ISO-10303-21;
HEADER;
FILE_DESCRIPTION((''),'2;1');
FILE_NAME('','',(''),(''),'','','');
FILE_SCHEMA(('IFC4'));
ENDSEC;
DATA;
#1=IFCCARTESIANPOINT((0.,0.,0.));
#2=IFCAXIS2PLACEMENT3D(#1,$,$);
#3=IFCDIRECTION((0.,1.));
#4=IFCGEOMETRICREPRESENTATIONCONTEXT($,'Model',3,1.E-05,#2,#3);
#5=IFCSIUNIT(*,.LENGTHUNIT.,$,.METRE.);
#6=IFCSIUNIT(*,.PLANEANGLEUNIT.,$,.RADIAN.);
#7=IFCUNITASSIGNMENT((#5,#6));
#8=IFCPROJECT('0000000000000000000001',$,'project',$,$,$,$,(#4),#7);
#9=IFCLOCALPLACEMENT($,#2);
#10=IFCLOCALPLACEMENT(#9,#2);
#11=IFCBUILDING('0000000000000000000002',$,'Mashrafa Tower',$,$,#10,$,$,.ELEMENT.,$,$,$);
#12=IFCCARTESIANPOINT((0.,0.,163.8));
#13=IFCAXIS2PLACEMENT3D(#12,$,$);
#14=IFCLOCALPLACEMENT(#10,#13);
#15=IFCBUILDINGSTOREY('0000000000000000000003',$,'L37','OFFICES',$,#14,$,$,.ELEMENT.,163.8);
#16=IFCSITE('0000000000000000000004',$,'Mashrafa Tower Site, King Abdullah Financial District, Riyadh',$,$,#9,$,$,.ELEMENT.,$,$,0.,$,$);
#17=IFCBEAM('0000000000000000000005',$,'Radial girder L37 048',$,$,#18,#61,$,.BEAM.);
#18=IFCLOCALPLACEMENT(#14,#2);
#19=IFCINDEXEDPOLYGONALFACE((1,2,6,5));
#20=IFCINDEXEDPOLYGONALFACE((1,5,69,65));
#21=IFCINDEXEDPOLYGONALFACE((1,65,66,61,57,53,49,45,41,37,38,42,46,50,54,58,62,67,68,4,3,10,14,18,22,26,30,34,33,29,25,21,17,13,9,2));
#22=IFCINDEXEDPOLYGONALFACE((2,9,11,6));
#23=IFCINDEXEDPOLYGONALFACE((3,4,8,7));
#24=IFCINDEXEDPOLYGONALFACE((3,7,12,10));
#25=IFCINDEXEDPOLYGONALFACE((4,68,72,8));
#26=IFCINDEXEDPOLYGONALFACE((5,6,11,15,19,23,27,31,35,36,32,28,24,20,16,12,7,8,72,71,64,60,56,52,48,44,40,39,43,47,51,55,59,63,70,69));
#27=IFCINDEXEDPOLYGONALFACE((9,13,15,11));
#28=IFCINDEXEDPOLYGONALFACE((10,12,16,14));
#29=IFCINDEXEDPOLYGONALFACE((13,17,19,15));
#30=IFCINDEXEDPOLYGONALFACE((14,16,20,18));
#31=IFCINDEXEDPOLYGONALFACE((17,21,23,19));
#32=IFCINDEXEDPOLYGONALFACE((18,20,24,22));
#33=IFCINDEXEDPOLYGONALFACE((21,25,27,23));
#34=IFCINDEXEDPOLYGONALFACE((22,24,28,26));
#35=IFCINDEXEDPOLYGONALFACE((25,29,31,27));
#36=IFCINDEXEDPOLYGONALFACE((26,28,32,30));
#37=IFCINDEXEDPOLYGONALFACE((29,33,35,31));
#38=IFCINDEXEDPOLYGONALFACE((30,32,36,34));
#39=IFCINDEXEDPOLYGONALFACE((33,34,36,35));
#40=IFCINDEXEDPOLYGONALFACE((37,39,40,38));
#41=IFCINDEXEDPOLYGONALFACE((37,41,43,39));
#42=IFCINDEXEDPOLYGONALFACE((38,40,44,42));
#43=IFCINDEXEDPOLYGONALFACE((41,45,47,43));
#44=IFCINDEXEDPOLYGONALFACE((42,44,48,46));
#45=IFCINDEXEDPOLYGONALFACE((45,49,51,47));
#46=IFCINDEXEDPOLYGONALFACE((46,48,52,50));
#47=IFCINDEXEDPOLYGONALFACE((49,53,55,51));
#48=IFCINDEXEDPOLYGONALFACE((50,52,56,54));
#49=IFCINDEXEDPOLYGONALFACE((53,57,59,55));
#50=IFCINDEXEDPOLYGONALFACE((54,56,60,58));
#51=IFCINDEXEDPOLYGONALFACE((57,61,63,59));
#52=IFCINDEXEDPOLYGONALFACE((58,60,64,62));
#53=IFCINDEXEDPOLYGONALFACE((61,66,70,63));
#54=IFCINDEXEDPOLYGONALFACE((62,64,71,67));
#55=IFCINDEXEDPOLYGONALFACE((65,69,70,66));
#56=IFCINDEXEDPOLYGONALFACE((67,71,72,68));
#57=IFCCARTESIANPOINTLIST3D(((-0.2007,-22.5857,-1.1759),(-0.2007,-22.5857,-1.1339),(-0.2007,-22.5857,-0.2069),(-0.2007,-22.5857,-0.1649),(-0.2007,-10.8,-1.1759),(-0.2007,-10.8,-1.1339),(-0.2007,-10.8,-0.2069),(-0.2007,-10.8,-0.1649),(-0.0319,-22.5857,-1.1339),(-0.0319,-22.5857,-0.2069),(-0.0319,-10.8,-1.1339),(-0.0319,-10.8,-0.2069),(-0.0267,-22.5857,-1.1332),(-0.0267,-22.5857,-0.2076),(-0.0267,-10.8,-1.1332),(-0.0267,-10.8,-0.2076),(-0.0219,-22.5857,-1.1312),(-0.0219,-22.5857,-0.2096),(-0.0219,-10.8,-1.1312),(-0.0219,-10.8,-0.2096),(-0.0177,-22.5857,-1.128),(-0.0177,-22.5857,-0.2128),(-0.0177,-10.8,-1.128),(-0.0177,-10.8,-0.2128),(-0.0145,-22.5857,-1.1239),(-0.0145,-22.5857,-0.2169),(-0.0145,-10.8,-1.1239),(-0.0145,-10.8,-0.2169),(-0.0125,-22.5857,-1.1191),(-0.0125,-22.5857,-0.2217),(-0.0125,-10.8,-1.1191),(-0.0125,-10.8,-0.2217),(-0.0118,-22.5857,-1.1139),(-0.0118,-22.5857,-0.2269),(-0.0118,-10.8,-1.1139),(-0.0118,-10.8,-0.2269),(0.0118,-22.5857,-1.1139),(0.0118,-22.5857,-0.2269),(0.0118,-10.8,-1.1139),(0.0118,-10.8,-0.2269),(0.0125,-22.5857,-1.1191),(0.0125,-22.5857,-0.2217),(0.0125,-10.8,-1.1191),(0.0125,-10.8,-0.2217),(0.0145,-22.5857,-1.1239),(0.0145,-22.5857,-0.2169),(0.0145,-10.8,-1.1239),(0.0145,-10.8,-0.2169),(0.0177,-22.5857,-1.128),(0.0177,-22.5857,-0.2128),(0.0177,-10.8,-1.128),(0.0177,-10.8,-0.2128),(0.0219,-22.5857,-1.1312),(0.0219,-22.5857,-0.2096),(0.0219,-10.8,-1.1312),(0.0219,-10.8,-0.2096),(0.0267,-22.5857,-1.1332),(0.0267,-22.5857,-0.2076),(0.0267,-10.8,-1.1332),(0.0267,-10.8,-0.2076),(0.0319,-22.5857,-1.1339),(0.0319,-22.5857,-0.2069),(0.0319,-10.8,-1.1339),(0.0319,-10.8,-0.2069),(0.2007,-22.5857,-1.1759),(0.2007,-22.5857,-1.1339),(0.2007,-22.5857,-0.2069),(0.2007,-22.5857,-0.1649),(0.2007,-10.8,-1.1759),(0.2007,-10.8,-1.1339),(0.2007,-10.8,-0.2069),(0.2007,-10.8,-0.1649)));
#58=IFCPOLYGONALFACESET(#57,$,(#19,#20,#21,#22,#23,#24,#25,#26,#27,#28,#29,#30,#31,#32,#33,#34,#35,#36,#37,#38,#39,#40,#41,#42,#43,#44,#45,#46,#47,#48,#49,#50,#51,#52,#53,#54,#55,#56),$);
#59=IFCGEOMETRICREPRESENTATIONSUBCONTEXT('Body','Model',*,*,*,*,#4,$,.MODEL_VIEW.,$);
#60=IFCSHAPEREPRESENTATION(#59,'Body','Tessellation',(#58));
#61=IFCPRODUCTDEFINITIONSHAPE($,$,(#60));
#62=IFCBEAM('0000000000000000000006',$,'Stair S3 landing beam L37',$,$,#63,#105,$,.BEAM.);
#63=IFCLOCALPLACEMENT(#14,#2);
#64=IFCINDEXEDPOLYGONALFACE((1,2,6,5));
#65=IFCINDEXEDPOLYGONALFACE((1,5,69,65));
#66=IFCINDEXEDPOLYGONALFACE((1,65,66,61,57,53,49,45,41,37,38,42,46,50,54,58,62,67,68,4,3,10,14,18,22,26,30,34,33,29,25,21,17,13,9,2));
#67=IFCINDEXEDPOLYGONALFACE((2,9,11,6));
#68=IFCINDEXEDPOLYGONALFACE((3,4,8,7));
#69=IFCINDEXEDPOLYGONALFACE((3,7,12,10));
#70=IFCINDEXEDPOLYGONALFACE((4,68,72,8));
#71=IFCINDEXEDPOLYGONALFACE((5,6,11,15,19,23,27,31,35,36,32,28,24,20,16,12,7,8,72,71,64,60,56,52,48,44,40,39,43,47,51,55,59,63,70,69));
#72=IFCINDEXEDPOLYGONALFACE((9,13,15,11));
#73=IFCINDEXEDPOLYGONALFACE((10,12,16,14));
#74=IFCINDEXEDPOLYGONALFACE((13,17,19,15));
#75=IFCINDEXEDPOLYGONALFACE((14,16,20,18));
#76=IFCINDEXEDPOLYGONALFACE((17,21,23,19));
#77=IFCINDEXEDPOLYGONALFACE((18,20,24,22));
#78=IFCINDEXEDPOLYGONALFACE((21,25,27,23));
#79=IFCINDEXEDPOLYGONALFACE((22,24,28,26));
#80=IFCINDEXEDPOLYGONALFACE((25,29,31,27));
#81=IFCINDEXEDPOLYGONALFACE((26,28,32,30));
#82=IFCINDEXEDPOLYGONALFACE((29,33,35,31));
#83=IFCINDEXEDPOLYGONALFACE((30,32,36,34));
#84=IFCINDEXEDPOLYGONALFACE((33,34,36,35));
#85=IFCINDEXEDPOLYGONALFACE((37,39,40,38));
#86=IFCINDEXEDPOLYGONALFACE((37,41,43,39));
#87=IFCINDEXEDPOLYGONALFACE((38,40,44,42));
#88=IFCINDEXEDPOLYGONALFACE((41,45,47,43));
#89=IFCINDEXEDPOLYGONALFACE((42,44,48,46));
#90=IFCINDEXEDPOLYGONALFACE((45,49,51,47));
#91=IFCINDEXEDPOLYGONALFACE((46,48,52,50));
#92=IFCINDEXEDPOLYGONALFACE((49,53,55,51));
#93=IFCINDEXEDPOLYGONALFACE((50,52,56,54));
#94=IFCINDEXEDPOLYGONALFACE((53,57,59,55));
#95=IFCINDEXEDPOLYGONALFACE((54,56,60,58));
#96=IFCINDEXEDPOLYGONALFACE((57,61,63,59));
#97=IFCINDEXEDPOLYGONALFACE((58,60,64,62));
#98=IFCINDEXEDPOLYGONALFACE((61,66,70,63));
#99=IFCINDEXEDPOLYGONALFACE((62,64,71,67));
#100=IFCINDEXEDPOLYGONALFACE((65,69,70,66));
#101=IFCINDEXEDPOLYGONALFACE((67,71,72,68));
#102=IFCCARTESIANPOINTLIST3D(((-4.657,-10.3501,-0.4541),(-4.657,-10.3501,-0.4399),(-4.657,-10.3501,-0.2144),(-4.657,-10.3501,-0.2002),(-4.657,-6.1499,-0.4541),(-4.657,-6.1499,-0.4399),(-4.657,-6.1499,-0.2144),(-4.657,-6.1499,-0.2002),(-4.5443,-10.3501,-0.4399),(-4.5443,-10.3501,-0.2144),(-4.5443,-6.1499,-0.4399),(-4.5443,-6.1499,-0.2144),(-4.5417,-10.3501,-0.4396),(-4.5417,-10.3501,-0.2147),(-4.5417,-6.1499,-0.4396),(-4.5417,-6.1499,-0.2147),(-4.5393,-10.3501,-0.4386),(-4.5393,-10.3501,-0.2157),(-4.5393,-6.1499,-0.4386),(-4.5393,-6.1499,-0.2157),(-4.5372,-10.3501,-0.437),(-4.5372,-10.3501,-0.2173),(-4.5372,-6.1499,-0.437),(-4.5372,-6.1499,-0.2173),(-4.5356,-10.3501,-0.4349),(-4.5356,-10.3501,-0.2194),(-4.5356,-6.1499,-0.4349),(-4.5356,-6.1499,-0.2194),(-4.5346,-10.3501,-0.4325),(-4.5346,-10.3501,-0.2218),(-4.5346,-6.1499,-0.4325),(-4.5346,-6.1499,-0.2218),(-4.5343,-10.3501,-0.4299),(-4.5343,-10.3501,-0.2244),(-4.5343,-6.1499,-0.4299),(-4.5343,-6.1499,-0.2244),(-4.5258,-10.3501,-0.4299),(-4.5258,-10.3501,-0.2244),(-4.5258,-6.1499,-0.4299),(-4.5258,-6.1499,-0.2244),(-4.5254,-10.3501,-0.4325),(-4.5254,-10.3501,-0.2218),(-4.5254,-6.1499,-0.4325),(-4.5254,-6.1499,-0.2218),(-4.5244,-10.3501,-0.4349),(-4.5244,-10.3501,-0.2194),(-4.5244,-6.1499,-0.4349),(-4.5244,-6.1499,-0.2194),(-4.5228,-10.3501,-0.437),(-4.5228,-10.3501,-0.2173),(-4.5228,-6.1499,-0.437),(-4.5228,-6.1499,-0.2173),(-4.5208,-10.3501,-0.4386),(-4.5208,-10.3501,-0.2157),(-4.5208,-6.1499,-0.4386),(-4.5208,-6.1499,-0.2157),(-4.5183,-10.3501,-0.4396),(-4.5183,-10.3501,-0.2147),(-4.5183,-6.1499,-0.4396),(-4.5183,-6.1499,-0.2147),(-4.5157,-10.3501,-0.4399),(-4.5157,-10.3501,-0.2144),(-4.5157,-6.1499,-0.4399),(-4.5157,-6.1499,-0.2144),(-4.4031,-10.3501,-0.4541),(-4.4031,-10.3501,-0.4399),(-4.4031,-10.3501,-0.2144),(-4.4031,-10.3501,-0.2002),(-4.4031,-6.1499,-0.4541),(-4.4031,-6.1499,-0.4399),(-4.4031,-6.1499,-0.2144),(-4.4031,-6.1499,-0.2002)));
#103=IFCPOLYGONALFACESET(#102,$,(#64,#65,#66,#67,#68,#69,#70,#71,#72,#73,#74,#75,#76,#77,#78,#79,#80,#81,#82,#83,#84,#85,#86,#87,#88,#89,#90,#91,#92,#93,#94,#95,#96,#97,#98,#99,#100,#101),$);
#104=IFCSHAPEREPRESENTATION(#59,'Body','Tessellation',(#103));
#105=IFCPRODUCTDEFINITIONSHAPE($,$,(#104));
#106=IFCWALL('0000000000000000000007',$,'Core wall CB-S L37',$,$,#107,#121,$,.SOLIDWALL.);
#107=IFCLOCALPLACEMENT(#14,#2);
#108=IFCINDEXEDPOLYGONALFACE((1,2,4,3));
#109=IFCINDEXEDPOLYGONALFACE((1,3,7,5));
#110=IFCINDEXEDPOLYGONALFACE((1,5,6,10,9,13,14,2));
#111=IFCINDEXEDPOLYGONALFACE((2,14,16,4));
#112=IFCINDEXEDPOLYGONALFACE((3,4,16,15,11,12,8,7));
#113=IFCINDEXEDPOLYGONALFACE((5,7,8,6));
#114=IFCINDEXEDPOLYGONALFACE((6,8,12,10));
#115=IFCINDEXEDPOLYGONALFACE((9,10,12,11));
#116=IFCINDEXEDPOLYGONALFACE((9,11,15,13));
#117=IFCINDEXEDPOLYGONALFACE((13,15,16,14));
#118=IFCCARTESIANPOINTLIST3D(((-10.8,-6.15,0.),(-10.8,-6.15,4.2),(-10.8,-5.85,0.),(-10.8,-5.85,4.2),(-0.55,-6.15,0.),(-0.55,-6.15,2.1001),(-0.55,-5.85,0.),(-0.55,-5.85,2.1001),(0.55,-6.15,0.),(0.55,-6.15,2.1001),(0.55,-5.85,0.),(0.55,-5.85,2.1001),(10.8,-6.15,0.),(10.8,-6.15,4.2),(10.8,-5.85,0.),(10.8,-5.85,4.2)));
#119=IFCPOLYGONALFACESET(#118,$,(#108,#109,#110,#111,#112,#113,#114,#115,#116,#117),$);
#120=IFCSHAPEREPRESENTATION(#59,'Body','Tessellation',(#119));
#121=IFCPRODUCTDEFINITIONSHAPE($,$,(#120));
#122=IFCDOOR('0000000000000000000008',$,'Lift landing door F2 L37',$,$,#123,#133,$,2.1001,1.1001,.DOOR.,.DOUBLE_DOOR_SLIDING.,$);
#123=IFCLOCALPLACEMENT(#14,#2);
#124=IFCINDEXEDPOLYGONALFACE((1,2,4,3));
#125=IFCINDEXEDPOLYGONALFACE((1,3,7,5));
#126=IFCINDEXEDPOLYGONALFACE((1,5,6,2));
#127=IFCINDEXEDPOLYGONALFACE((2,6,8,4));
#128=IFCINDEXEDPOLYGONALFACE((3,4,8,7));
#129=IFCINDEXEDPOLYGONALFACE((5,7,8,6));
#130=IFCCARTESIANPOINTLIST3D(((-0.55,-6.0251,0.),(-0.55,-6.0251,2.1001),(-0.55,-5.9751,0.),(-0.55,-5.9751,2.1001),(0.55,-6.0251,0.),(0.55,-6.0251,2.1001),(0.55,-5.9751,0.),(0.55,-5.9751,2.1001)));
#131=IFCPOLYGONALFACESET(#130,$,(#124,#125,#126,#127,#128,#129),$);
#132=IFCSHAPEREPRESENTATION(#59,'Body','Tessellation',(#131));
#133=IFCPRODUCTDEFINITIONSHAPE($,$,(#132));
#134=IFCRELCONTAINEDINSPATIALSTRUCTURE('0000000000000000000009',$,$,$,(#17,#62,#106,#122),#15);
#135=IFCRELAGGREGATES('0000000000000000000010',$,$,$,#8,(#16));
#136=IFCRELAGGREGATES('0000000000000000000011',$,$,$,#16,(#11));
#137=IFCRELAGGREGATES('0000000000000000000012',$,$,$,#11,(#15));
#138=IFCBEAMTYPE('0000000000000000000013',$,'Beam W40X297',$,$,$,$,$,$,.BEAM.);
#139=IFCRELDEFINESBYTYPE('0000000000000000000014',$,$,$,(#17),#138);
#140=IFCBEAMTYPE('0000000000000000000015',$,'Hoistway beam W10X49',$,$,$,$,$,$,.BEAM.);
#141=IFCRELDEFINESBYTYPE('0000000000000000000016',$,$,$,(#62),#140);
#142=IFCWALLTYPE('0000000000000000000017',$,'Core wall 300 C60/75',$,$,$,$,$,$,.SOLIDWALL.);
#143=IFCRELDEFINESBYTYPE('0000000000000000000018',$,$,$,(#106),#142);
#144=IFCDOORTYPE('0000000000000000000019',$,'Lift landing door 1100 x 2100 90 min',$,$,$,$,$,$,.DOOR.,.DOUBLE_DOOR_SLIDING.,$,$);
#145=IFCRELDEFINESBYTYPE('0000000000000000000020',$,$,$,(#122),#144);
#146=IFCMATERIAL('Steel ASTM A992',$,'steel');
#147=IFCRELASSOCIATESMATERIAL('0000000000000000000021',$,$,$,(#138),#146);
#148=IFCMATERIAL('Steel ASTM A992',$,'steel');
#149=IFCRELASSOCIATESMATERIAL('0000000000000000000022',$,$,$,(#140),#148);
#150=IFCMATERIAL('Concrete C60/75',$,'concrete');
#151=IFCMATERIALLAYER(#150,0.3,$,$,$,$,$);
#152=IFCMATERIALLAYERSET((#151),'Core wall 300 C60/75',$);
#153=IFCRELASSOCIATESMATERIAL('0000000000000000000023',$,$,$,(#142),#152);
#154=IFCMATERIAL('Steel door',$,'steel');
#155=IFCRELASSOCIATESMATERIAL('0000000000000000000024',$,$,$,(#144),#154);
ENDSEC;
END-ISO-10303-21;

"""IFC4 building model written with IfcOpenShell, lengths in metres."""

from ifc_helpers import new_model, si_unit, direction, frame, frame_2d, origin, origin_2d, place, context, subcontext, project, spatial, rectangle, i_section, extrude, material, layer, layer_set, material_profile, profile_set, type_object, element, fill, save


model = new_model("IFC4")

# Units and contexts
model_context = context("Model", 3, precision=1e-05, world=origin(), true_north=direction((0.0, 1.0)))
body_context = subcontext(model_context, "Body", "Model", "MODEL_VIEW")
ifc_project = project(units=[si_unit("LENGTHUNIT", "METRE"), si_unit("PLANEANGLEUNIT", "RADIAN")], contexts=[model_context])

# Site, building, storey
site_placement = place(None, origin())
site = spatial("IfcSite", under=ifc_project, at=site_placement, Name="Mashrafa Tower Site, King Abdullah Financial District, Riyadh", CompositionType="ELEMENT", RefElevation=0.0)
building_placement = place(site_placement, origin())
building = spatial("IfcBuilding", under=site, at=building_placement, Name="Mashrafa Tower", CompositionType="ELEMENT")
storey_placement = place(building_placement, frame((0.0, 0.0, 163.8)))
storey = spatial("IfcBuildingStorey", under=building, at=storey_placement, Name="L37", Description="OFFICES", CompositionType="ELEMENT", Elevation=163.8)

# Beams
ifc_material_1 = material(Name="Steel ASTM A992", Category="steel")
ifc_material_profile_1 = material_profile(ifc_material_1, i_section(OverallWidth=0.4014, OverallDepth=1.011, WebThickness=0.0237, FlangeThickness=0.042, FilletRadius=0.02, at=origin_2d()), Name="W40X297")
ifc_profile_set_1 = profile_set([ifc_material_profile_1], Name="Steel ASTM A992")
beam_type_1 = type_object("IfcBeamType", Name="Beam W40X297", PredefinedType="BEAM", material=ifc_profile_set_1)
beam_1_placement = place(storey_placement, frame((0.0, -10.8, -0.6704), z_axis=(0.0, -1.0, 0.0), x_axis=(1.0, 0.0, 0.0)))
element("IfcBeam", 1, at=beam_1_placement, inside=storey, type_object=beam_type_1, Name="Radial girder L37 048", PredefinedType="BEAM", context=body_context, shape_type="SweptSolid", body=[
    extrude(i_section(OverallWidth=0.4014, OverallDepth=1.011, WebThickness=0.0237, FlangeThickness=0.042, FilletRadius=0.02, at=origin_2d()), origin(), (0.0, 0.0, 1.0), 11.7856),
])
ifc_material_2 = material(Name="Steel ASTM A992", Category="steel")
ifc_material_profile_2 = material_profile(ifc_material_2, i_section(OverallWidth=0.2539, OverallDepth=0.2539, WebThickness=0.0085, FlangeThickness=0.0142, FilletRadius=0.01, at=origin_2d()), Name="W10X49")
ifc_profile_set_2 = profile_set([ifc_material_profile_2], Name="Steel ASTM A992")
beam_type_2 = type_object("IfcBeamType", Name="Hoistway beam W10X49", PredefinedType="BEAM", material=ifc_profile_set_2)
beam_2_placement = place(storey_placement, frame((-4.53, -10.3501, -0.3271), z_axis=(0.0, 1.0, 0.0), x_axis=(-1.0, 0.0, 0.0)))
element("IfcBeam", 2, at=beam_2_placement, inside=storey, type_object=beam_type_2, Name="Stair S3 landing beam L37", PredefinedType="BEAM", context=body_context, shape_type="SweptSolid", body=[
    extrude(i_section(OverallWidth=0.2539, OverallDepth=0.2539, WebThickness=0.0085, FlangeThickness=0.0142, FilletRadius=0.01, at=origin_2d()), origin(), (0.0, 0.0, 1.0), 4.2002),
])

# Wall, opening, door
ifc_material_3 = material(Name="Concrete C60/75", Category="concrete")
ifc_layer_1 = layer(ifc_material_3, 0.3)
ifc_layer_set_1 = layer_set([ifc_layer_1], Name="Core wall 300 C60/75")
wall_type_1 = type_object("IfcWallType", Name="Core wall 300 C60/75", PredefinedType="SOLIDWALL", material=ifc_layer_set_1)
wall_1_placement = place(storey_placement, frame((-10.8, -6.0, 0.0), z_axis=(0.0, 0.0, 1.0), x_axis=(1.0, 0.0, 0.0)))
wall_1 = element("IfcWall", 3, at=wall_1_placement, inside=storey, type_object=wall_type_1, Name="Core wall CB-S L37", PredefinedType="SOLIDWALL", context=body_context, shape_type="SweptSolid", body=[
    extrude(rectangle(XDim=21.6001, YDim=0.3, at=frame_2d((10.8, 0.0))), origin(), (0.0, 0.0, 1.0), 4.2),
])
opening_1_placement = place(wall_1_placement, frame((10.25, 0.0, 0.0)))
opening_1 = element("IfcOpeningElement", 4, at=opening_1_placement, cuts=wall_1, PredefinedType="OPENING", context=body_context, shape_type="SweptSolid", body=[
    extrude(rectangle(XDim=1.1001, YDim=2.1001, at=frame_2d((0.55, 1.05))), frame((0.0, 0.1599, 0.0), z_axis=(0.0, -1.0, 0.0), x_axis=(1.0, 0.0, 0.0)), (0.0, 0.0, 1.0), 0.3201),
])
ifc_material_4 = material(Name="Steel door", Category="steel")
door_type_1 = type_object("IfcDoorType", Name="Lift landing door 1100 x 2100 90 min", OperationType="DOUBLE_DOOR_SLIDING", PredefinedType="DOOR", material=ifc_material_4)
door_1_placement = place(opening_1_placement, origin())
door_1 = element("IfcDoor", 5, at=door_1_placement, inside=storey, type_object=door_type_1, Name="Lift landing door F2 L37", OperationType="DOUBLE_DOOR_SLIDING", OverallHeight=2.1001, OverallWidth=1.1001, PredefinedType="DOOR", context=body_context, shape_type="SweptSolid", body=[
    extrude(rectangle(XDim=1.1001, YDim=2.1001, at=frame_2d((0.55, 1.05))), frame((0.0, 0.0249, 0.0), z_axis=(0.0, -1.0, 0.0), x_axis=(1.0, 0.0, 0.0)), (0.0, 0.0, 1.0), 0.05),
])
fill(opening_1, door_1)

save(model, "model.ifc")
